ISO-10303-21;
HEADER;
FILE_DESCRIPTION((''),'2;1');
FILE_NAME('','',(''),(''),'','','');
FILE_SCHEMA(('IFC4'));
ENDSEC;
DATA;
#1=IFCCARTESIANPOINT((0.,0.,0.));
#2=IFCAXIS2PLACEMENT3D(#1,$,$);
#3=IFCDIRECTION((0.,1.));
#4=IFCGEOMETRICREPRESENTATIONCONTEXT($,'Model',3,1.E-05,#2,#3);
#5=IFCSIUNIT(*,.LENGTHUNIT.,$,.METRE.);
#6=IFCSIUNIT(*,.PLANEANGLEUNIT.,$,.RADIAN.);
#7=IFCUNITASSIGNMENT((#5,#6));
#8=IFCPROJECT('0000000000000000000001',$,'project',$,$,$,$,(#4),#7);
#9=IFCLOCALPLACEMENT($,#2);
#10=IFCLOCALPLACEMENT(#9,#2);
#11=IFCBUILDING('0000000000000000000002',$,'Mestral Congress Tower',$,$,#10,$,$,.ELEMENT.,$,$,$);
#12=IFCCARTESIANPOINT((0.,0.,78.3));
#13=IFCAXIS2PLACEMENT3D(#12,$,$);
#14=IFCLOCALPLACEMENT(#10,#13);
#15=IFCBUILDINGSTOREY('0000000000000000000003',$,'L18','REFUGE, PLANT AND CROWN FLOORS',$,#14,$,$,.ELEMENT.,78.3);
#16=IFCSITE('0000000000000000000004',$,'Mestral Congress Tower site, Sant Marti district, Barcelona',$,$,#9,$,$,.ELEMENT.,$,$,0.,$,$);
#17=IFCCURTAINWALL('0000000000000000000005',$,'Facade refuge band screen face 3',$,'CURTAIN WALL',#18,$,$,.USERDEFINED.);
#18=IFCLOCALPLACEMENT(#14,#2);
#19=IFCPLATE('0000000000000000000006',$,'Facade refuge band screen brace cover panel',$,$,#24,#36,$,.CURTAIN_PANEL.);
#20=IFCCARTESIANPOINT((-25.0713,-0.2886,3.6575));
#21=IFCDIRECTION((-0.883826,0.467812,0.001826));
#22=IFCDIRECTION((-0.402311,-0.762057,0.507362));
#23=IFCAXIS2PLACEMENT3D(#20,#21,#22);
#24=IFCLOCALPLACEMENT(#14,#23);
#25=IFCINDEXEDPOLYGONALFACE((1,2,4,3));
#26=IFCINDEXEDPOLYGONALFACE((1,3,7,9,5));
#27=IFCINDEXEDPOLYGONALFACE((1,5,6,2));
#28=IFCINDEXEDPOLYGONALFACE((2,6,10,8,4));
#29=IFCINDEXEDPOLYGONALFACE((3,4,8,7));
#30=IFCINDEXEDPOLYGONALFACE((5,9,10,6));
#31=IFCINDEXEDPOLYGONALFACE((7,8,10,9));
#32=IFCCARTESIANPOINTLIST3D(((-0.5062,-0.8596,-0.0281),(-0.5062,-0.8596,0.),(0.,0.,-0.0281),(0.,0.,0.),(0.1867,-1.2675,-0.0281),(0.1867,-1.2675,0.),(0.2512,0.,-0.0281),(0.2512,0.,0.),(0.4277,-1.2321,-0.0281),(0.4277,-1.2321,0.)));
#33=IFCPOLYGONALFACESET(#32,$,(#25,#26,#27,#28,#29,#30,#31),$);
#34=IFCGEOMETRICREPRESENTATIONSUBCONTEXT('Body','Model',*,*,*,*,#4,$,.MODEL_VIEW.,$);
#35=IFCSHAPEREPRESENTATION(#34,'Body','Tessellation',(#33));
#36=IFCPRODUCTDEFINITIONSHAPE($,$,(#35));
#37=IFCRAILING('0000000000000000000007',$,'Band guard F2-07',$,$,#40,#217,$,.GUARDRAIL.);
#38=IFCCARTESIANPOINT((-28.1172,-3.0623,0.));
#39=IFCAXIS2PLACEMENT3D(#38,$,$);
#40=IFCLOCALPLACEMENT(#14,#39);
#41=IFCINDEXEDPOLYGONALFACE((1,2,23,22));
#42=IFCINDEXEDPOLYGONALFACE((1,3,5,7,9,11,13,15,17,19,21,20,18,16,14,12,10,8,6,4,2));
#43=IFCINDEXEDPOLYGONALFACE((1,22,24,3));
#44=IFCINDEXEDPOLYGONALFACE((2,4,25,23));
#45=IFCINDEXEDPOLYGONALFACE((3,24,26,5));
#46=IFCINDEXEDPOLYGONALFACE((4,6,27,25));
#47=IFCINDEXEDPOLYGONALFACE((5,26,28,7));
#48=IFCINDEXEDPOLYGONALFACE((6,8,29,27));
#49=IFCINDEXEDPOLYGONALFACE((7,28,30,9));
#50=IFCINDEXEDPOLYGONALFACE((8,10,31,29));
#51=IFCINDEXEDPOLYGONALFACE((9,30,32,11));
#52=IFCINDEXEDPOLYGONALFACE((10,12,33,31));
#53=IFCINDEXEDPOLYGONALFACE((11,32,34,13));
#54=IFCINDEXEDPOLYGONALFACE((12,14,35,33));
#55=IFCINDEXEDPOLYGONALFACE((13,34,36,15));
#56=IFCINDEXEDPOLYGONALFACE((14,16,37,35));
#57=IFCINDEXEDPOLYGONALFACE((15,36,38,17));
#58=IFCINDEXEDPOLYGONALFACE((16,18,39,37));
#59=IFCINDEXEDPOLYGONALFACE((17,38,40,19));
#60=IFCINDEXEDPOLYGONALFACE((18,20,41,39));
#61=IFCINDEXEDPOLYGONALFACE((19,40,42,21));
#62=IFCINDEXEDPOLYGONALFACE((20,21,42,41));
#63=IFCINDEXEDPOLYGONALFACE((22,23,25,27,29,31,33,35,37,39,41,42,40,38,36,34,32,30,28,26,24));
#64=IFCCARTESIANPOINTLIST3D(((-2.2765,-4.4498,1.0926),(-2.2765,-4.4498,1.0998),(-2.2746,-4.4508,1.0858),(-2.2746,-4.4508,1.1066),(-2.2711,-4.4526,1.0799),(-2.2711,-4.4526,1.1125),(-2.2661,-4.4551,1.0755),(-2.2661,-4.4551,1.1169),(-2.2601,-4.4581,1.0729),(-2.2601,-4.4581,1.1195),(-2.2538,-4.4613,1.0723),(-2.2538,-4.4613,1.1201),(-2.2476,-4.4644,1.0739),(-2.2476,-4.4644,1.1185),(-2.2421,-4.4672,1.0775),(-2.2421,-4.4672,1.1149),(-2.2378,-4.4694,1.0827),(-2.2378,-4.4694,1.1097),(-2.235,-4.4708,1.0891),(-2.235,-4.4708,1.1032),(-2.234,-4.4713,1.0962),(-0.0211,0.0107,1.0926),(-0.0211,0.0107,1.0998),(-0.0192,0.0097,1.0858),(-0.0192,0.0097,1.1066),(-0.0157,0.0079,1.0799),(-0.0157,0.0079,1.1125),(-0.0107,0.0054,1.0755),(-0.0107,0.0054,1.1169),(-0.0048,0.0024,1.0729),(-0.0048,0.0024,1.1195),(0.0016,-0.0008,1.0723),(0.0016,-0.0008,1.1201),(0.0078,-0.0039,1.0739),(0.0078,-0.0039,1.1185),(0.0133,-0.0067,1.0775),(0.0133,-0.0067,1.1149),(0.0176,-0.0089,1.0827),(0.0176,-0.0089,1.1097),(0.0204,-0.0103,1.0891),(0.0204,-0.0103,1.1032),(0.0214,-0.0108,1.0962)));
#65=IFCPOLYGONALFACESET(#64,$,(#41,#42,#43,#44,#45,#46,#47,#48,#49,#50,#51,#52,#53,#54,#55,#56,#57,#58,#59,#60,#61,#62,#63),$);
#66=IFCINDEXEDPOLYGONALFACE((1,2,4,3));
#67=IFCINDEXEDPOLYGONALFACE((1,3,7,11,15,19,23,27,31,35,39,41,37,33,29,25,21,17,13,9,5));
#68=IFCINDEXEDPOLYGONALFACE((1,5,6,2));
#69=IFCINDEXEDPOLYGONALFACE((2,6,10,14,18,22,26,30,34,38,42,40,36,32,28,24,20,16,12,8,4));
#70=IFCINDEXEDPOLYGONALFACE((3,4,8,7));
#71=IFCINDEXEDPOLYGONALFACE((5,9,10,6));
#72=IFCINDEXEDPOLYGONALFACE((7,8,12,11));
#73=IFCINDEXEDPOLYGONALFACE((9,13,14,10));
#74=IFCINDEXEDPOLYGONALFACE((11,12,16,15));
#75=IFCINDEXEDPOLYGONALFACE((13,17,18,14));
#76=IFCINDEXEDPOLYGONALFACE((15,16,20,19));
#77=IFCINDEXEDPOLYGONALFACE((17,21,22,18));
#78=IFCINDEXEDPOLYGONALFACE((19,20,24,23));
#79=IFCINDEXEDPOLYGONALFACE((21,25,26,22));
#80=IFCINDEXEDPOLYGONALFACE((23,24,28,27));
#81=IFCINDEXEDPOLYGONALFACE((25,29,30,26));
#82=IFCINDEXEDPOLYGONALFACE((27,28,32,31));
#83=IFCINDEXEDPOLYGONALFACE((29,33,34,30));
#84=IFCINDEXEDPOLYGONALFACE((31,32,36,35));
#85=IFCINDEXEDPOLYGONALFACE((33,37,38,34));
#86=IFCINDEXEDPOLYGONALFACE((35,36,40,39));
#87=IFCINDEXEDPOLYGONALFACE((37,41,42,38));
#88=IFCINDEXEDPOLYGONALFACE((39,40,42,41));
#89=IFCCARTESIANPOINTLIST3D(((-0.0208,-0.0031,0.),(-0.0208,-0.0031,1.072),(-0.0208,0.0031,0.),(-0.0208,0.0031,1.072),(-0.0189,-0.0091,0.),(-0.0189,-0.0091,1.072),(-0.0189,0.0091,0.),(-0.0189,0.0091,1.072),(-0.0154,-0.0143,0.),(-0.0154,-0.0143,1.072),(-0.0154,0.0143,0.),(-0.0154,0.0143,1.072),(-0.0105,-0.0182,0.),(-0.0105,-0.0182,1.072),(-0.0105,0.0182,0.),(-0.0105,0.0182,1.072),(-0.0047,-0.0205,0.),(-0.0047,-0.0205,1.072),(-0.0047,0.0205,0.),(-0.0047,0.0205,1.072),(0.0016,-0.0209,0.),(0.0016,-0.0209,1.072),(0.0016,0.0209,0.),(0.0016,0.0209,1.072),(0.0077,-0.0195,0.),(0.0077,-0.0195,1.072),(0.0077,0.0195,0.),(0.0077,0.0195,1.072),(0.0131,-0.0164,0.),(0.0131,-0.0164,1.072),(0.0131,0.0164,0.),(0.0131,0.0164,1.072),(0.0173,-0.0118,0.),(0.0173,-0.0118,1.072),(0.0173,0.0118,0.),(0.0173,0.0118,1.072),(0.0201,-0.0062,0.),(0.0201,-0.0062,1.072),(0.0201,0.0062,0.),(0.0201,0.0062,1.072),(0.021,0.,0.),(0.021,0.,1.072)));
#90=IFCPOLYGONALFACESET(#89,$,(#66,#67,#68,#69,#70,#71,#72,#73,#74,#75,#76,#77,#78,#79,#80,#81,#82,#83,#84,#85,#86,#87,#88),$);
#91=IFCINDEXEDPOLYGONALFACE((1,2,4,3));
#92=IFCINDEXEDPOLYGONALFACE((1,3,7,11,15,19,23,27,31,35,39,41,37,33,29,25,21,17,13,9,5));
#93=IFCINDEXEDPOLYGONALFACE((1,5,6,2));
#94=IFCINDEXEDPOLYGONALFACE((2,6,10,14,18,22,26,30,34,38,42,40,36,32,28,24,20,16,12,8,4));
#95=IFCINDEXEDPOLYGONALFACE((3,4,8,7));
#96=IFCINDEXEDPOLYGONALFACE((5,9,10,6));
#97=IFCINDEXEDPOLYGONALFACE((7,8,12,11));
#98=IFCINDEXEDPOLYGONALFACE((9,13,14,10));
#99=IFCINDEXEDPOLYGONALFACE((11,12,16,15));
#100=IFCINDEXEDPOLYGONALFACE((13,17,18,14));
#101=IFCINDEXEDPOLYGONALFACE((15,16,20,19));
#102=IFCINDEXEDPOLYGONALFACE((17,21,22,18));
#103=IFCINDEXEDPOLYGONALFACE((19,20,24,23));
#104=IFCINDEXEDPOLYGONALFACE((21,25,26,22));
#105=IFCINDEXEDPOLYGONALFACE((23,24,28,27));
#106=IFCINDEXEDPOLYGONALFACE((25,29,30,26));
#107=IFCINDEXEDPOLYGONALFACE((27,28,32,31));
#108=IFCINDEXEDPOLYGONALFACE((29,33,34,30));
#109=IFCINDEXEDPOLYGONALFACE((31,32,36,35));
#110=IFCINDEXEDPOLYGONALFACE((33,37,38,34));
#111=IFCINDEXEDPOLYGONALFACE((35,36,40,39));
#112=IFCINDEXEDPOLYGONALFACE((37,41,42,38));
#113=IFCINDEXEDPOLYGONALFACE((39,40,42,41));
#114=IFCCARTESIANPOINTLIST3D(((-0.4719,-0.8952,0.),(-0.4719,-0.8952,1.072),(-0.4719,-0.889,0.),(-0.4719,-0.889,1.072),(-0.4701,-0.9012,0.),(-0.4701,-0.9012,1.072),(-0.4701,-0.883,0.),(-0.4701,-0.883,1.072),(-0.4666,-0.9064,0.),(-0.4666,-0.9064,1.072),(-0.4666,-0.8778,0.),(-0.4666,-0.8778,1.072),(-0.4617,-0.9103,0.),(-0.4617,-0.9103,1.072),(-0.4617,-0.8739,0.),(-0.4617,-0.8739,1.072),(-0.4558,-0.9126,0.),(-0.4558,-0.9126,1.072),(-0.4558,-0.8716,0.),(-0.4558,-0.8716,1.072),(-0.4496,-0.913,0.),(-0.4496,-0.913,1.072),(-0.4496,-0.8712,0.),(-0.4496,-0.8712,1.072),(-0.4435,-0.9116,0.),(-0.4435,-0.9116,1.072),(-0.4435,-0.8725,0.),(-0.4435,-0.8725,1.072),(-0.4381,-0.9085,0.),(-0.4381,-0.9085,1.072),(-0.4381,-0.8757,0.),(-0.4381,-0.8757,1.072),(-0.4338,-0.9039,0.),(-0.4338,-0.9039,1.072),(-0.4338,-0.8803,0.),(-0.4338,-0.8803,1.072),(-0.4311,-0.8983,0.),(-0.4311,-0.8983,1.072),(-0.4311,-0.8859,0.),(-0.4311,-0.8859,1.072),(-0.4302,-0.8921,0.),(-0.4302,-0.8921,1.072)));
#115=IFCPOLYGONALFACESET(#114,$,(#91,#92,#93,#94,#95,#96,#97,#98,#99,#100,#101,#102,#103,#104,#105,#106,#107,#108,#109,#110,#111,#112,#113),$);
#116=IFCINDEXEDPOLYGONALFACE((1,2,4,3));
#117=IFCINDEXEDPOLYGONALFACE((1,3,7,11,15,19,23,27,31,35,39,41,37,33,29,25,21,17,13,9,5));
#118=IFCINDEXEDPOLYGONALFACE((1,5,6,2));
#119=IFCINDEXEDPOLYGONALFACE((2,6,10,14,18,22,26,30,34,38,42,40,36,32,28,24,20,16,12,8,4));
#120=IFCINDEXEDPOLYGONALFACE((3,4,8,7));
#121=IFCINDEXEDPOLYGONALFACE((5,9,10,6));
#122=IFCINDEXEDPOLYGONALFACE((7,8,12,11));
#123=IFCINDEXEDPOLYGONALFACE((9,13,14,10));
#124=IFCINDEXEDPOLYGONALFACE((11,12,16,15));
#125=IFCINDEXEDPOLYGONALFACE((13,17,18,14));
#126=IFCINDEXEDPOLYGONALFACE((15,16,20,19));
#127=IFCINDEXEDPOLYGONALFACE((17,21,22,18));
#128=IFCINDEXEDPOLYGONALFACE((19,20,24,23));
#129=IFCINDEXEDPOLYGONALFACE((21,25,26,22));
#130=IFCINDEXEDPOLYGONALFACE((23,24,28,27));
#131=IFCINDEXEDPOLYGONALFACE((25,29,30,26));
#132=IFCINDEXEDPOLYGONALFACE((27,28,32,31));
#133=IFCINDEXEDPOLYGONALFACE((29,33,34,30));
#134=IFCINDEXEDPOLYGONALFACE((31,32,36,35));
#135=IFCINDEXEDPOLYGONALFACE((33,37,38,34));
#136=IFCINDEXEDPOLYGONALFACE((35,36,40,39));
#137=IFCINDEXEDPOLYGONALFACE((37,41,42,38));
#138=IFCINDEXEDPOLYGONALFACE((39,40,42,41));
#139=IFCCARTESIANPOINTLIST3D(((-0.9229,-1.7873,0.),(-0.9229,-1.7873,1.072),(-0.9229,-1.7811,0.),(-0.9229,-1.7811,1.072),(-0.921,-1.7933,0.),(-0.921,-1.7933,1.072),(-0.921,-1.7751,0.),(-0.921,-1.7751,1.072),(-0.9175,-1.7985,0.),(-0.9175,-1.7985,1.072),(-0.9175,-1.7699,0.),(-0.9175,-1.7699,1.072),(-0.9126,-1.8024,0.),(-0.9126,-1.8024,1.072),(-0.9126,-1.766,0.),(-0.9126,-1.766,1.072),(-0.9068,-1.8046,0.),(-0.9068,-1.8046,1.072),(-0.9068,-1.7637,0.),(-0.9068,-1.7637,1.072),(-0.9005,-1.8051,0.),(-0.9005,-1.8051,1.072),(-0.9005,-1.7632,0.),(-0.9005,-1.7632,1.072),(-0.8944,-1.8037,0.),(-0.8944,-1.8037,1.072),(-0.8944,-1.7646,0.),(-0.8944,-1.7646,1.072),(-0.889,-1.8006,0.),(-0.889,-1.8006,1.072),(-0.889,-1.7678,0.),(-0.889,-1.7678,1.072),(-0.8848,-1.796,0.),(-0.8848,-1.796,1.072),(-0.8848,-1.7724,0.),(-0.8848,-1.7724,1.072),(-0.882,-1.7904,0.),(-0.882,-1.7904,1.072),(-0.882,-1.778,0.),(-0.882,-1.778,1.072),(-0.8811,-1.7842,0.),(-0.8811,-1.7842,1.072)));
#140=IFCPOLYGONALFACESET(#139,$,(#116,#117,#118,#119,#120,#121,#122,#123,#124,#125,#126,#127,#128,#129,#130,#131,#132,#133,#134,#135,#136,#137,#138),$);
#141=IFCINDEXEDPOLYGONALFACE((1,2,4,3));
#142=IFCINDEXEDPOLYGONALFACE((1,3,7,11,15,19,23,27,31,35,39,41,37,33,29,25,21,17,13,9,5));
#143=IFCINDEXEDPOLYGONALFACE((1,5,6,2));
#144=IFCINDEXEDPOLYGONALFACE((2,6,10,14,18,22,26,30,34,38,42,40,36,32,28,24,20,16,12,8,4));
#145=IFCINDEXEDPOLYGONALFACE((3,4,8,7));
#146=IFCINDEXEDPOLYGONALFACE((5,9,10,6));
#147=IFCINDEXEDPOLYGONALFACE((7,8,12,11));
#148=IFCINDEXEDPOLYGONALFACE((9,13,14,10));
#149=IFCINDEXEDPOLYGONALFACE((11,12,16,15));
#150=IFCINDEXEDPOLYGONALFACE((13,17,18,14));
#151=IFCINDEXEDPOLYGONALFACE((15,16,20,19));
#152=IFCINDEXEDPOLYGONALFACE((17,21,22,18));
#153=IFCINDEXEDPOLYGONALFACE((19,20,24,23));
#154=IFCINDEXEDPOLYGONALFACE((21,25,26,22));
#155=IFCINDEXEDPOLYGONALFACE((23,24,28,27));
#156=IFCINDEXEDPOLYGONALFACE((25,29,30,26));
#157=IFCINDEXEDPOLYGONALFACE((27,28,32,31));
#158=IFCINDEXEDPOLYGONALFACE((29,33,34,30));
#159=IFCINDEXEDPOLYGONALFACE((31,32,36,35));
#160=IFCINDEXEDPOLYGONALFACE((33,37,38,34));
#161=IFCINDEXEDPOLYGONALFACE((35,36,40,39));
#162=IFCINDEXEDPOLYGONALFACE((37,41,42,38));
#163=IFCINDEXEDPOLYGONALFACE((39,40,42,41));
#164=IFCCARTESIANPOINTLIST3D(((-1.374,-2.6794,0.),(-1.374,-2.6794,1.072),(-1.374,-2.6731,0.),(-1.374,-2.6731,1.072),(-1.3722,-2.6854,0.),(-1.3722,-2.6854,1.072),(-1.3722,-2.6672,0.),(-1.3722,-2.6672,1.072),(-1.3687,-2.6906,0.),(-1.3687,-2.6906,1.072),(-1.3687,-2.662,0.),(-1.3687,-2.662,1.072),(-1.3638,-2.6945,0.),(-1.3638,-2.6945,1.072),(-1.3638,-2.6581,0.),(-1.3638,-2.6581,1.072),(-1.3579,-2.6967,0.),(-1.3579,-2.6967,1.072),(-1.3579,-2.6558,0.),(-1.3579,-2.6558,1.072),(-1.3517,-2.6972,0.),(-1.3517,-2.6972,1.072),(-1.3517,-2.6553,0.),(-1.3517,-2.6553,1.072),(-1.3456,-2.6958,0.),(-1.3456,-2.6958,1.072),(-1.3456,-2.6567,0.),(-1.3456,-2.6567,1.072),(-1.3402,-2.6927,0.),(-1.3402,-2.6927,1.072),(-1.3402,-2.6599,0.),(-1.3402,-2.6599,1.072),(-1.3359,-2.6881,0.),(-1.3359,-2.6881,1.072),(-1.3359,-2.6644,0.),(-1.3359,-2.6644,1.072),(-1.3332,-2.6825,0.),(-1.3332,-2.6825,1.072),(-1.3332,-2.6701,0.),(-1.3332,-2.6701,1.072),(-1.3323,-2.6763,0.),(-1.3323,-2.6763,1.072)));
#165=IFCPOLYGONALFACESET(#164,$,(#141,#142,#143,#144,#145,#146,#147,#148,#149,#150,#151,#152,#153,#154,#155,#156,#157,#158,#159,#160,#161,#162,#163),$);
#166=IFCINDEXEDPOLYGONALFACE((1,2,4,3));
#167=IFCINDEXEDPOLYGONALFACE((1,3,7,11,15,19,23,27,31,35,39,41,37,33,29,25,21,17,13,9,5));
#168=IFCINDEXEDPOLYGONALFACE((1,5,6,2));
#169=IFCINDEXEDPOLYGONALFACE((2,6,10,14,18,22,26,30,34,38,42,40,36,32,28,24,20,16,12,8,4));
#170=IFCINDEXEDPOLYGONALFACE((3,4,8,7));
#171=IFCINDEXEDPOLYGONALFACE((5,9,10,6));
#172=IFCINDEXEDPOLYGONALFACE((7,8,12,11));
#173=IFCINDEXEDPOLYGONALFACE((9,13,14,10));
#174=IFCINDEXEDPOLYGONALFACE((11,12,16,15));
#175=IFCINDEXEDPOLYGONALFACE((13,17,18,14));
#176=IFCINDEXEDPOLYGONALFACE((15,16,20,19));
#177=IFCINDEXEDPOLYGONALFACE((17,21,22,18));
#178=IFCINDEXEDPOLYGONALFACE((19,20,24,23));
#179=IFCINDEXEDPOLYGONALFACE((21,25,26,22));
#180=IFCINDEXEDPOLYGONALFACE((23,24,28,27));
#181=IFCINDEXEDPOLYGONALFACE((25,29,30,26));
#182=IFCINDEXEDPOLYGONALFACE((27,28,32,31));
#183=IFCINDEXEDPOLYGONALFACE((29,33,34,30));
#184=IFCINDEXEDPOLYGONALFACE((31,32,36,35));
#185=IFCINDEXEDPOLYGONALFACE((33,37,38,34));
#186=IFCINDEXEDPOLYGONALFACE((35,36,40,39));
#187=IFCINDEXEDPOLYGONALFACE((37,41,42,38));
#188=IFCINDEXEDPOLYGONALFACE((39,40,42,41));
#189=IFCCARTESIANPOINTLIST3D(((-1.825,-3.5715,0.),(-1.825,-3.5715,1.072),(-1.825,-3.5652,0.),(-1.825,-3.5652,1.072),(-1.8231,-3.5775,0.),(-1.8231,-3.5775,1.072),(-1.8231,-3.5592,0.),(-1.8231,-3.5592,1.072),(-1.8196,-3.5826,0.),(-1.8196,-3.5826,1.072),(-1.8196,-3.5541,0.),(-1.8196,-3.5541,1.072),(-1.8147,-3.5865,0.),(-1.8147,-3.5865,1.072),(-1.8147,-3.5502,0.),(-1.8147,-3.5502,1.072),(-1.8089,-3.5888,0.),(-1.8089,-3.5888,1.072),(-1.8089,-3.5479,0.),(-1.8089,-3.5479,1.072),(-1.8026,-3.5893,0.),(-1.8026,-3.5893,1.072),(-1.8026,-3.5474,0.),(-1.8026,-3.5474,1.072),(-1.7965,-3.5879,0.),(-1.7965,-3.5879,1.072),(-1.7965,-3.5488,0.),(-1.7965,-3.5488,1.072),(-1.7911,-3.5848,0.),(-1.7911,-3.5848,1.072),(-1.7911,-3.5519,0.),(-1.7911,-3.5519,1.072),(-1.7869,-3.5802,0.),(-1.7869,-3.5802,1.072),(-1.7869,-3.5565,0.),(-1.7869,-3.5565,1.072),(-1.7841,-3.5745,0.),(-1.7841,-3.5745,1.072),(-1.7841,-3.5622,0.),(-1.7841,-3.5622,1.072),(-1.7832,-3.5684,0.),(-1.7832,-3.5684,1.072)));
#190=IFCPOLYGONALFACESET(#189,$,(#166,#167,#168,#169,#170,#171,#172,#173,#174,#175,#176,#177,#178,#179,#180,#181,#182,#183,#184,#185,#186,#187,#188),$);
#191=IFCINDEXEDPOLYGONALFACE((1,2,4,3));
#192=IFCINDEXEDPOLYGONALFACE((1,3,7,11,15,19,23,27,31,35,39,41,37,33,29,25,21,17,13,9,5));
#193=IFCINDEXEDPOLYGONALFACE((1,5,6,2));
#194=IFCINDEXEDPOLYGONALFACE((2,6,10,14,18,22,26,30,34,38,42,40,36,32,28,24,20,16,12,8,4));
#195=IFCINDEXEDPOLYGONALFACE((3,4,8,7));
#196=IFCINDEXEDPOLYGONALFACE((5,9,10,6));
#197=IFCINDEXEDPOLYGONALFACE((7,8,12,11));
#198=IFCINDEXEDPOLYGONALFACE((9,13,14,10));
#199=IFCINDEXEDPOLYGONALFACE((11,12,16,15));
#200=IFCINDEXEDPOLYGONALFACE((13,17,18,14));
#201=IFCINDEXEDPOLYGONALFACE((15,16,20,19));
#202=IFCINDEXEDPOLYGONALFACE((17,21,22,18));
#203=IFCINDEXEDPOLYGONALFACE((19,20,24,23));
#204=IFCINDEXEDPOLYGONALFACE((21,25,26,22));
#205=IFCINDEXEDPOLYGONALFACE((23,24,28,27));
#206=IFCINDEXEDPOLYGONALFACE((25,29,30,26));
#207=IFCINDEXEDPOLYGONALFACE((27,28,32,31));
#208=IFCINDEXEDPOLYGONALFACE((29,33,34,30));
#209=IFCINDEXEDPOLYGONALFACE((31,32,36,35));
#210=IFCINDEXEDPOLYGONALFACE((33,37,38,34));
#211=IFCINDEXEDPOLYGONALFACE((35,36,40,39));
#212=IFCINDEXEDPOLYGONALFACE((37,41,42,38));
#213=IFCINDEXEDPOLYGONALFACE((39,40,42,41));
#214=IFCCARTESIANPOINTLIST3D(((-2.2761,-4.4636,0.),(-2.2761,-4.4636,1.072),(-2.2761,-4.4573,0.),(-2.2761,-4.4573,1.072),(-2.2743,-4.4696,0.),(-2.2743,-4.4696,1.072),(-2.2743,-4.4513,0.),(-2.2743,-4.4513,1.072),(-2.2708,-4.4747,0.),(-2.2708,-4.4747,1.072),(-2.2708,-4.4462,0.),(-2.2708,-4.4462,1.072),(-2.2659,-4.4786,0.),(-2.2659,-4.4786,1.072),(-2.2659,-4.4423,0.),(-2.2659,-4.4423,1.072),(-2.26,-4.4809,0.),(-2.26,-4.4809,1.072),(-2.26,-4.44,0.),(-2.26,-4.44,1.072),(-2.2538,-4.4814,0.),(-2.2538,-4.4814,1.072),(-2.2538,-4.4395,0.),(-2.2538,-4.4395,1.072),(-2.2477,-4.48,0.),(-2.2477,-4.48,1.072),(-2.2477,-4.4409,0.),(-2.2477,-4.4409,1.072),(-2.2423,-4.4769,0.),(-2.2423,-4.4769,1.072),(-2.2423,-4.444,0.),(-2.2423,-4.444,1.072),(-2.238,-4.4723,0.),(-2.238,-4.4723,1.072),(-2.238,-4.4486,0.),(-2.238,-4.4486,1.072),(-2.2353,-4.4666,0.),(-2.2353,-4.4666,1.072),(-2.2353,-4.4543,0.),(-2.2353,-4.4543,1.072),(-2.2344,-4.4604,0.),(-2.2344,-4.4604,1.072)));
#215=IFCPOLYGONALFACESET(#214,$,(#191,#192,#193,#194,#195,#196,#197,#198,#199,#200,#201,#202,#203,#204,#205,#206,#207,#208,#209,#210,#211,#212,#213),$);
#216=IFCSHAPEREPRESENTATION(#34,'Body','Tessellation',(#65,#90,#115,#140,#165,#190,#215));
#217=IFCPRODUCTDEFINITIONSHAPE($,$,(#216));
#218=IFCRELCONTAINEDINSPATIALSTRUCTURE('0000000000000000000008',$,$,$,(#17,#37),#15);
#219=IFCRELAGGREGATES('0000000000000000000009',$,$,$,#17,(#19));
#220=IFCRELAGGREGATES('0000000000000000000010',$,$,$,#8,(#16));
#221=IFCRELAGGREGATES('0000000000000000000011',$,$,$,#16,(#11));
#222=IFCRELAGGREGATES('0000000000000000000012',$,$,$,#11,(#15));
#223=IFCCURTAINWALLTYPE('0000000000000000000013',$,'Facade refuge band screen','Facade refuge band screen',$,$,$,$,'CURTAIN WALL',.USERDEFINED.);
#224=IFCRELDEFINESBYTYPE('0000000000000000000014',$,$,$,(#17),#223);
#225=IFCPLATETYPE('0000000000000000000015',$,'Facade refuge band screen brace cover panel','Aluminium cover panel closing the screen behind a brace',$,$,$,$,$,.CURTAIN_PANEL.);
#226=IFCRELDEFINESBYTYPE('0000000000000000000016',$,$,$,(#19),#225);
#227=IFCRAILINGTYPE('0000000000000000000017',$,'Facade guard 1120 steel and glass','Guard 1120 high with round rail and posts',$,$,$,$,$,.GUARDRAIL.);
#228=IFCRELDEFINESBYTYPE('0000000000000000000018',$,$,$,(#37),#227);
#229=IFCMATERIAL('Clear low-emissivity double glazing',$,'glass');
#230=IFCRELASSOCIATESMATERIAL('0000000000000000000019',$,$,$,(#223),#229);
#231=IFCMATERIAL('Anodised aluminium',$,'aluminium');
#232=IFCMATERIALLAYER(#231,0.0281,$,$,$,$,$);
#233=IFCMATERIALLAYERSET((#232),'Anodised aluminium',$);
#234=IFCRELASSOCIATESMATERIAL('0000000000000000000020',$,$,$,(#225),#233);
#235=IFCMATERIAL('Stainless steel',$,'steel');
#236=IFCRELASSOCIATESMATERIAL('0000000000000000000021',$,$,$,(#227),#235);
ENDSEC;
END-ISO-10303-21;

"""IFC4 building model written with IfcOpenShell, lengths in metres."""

from ifc_helpers import new_model, si_unit, direction, frame, origin, origin_2d, place, context, subcontext, project, spatial, polyline, circle, outline, extrude, material, layer, layer_set, type_object, element, aggregate, save


model = new_model("IFC4")

# Units and contexts
model_context = context("Model", 3, precision=1e-05, world=origin(), true_north=direction((0.0, 1.0)))
body_context = subcontext(model_context, "Body", "Model", "MODEL_VIEW")
ifc_project = project(units=[si_unit("LENGTHUNIT", "METRE"), si_unit("PLANEANGLEUNIT", "RADIAN")], contexts=[model_context])

# Site, building, storey
site_placement = place(None, origin())
site = spatial("IfcSite", under=ifc_project, at=site_placement, Name="Mestral Congress Tower site, Sant Marti district, Barcelona", CompositionType="ELEMENT", RefElevation=0.0)
building_placement = place(site_placement, origin())
building = spatial("IfcBuilding", under=site, at=building_placement, Name="Mestral Congress Tower", CompositionType="ELEMENT")
storey_placement = place(building_placement, frame((0.0, 0.0, 78.3)))
storey = spatial("IfcBuildingStorey", under=building, at=storey_placement, Name="L18", Description="REFUGE, PLANT AND CROWN FLOORS", CompositionType="ELEMENT", Elevation=78.3)

# Curtain wall
ifc_material_1 = material(Name="Clear low-emissivity double glazing", Category="glass")
curtain_wall_type = type_object("IfcCurtainWallType", Name="Facade refuge band screen", Description="Facade refuge band screen", ElementType="CURTAIN WALL", PredefinedType="USERDEFINED", material=ifc_material_1)
curtain_wall_placement = place(storey_placement, origin())
curtain_wall = element("IfcCurtainWall", 1, at=curtain_wall_placement, inside=storey, type_object=curtain_wall_type, Name="Facade refuge band screen face 3", ObjectType="CURTAIN WALL", PredefinedType="USERDEFINED")
ifc_material_2 = material(Name="Anodised aluminium", Category="aluminium")

# Plate
ifc_layer_1 = layer(ifc_material_2, 0.0281)
ifc_layer_set_1 = layer_set([ifc_layer_1], Name="Anodised aluminium")
plate_type_1 = type_object("IfcPlateType", Name="Facade refuge band screen brace cover panel", Description="Aluminium cover panel closing the screen behind a brace", PredefinedType="CURTAIN_PANEL", material=ifc_layer_set_1)
plate_1_placement = place(storey_placement, frame((-25.0713, -0.2886, 3.6575), z_axis=(-0.883826, 0.467812, 0.001826), x_axis=(-0.402311, -0.762057, 0.507362)))
plate_1 = element("IfcPlate", 2, at=plate_1_placement, type_object=plate_type_1, Name="Facade refuge band screen brace cover panel", PredefinedType="CURTAIN_PANEL", context=body_context, shape_type="SweptSolid", body=[
    extrude(outline(polyline([(0.0, 0.0), (0.2512, 0.0), (0.4277, -1.2321), (0.1867, -1.2675), (-0.5062, -0.8596), (0.0, 0.0)])), origin(), (0.0, 0.0, -1.0), 0.0281),
])
aggregate(curtain_wall, [plate_1])

# Railing
ifc_material_3 = material(Name="Stainless steel", Category="steel")
railing_type = type_object("IfcRailingType", Name="Facade guard 1120 steel and glass", Description="Guard 1120 high with round rail and posts", PredefinedType="GUARDRAIL", material=ifc_material_3)
railing_1_placement = place(storey_placement, frame((-28.1172, -3.0623, 0.0)))
element("IfcRailing", 3, at=railing_1_placement, inside=storey, type_object=railing_type, Name="Band guard F2-07", PredefinedType="GUARDRAIL", context=body_context, shape_type="SweptSolid", body=[
    extrude(circle(Radius=0.0239, at=origin_2d()), frame((0.0, 0.0, 1.0962), z_axis=(-0.451234, -0.892406, 0.0), x_axis=(0.892406, -0.451234, 0.0)), (0.0, 0.0, 1.0), 4.9983),
    extrude(circle(Radius=0.021, at=origin_2d()), origin(), (0.0, 0.0, 1.0), 1.072),
    extrude(circle(Radius=0.021, at=origin_2d()), frame((-0.4512, -0.8921, 0.0)), (0.0, 0.0, 1.0), 1.072),
    extrude(circle(Radius=0.021, at=origin_2d()), frame((-0.9021, -1.7842, 0.0)), (0.0, 0.0, 1.0), 1.072),
    extrude(circle(Radius=0.021, at=origin_2d()), frame((-1.3533, -2.6763, 0.0)), (0.0, 0.0, 1.0), 1.072),
    extrude(circle(Radius=0.021, at=origin_2d()), frame((-1.8042, -3.5684, 0.0)), (0.0, 0.0, 1.0), 1.072),
    extrude(circle(Radius=0.021, at=origin_2d()), frame((-2.2554, -4.4604, 0.0)), (0.0, 0.0, 1.0), 1.072),
])

save(model, "model.ifc")
